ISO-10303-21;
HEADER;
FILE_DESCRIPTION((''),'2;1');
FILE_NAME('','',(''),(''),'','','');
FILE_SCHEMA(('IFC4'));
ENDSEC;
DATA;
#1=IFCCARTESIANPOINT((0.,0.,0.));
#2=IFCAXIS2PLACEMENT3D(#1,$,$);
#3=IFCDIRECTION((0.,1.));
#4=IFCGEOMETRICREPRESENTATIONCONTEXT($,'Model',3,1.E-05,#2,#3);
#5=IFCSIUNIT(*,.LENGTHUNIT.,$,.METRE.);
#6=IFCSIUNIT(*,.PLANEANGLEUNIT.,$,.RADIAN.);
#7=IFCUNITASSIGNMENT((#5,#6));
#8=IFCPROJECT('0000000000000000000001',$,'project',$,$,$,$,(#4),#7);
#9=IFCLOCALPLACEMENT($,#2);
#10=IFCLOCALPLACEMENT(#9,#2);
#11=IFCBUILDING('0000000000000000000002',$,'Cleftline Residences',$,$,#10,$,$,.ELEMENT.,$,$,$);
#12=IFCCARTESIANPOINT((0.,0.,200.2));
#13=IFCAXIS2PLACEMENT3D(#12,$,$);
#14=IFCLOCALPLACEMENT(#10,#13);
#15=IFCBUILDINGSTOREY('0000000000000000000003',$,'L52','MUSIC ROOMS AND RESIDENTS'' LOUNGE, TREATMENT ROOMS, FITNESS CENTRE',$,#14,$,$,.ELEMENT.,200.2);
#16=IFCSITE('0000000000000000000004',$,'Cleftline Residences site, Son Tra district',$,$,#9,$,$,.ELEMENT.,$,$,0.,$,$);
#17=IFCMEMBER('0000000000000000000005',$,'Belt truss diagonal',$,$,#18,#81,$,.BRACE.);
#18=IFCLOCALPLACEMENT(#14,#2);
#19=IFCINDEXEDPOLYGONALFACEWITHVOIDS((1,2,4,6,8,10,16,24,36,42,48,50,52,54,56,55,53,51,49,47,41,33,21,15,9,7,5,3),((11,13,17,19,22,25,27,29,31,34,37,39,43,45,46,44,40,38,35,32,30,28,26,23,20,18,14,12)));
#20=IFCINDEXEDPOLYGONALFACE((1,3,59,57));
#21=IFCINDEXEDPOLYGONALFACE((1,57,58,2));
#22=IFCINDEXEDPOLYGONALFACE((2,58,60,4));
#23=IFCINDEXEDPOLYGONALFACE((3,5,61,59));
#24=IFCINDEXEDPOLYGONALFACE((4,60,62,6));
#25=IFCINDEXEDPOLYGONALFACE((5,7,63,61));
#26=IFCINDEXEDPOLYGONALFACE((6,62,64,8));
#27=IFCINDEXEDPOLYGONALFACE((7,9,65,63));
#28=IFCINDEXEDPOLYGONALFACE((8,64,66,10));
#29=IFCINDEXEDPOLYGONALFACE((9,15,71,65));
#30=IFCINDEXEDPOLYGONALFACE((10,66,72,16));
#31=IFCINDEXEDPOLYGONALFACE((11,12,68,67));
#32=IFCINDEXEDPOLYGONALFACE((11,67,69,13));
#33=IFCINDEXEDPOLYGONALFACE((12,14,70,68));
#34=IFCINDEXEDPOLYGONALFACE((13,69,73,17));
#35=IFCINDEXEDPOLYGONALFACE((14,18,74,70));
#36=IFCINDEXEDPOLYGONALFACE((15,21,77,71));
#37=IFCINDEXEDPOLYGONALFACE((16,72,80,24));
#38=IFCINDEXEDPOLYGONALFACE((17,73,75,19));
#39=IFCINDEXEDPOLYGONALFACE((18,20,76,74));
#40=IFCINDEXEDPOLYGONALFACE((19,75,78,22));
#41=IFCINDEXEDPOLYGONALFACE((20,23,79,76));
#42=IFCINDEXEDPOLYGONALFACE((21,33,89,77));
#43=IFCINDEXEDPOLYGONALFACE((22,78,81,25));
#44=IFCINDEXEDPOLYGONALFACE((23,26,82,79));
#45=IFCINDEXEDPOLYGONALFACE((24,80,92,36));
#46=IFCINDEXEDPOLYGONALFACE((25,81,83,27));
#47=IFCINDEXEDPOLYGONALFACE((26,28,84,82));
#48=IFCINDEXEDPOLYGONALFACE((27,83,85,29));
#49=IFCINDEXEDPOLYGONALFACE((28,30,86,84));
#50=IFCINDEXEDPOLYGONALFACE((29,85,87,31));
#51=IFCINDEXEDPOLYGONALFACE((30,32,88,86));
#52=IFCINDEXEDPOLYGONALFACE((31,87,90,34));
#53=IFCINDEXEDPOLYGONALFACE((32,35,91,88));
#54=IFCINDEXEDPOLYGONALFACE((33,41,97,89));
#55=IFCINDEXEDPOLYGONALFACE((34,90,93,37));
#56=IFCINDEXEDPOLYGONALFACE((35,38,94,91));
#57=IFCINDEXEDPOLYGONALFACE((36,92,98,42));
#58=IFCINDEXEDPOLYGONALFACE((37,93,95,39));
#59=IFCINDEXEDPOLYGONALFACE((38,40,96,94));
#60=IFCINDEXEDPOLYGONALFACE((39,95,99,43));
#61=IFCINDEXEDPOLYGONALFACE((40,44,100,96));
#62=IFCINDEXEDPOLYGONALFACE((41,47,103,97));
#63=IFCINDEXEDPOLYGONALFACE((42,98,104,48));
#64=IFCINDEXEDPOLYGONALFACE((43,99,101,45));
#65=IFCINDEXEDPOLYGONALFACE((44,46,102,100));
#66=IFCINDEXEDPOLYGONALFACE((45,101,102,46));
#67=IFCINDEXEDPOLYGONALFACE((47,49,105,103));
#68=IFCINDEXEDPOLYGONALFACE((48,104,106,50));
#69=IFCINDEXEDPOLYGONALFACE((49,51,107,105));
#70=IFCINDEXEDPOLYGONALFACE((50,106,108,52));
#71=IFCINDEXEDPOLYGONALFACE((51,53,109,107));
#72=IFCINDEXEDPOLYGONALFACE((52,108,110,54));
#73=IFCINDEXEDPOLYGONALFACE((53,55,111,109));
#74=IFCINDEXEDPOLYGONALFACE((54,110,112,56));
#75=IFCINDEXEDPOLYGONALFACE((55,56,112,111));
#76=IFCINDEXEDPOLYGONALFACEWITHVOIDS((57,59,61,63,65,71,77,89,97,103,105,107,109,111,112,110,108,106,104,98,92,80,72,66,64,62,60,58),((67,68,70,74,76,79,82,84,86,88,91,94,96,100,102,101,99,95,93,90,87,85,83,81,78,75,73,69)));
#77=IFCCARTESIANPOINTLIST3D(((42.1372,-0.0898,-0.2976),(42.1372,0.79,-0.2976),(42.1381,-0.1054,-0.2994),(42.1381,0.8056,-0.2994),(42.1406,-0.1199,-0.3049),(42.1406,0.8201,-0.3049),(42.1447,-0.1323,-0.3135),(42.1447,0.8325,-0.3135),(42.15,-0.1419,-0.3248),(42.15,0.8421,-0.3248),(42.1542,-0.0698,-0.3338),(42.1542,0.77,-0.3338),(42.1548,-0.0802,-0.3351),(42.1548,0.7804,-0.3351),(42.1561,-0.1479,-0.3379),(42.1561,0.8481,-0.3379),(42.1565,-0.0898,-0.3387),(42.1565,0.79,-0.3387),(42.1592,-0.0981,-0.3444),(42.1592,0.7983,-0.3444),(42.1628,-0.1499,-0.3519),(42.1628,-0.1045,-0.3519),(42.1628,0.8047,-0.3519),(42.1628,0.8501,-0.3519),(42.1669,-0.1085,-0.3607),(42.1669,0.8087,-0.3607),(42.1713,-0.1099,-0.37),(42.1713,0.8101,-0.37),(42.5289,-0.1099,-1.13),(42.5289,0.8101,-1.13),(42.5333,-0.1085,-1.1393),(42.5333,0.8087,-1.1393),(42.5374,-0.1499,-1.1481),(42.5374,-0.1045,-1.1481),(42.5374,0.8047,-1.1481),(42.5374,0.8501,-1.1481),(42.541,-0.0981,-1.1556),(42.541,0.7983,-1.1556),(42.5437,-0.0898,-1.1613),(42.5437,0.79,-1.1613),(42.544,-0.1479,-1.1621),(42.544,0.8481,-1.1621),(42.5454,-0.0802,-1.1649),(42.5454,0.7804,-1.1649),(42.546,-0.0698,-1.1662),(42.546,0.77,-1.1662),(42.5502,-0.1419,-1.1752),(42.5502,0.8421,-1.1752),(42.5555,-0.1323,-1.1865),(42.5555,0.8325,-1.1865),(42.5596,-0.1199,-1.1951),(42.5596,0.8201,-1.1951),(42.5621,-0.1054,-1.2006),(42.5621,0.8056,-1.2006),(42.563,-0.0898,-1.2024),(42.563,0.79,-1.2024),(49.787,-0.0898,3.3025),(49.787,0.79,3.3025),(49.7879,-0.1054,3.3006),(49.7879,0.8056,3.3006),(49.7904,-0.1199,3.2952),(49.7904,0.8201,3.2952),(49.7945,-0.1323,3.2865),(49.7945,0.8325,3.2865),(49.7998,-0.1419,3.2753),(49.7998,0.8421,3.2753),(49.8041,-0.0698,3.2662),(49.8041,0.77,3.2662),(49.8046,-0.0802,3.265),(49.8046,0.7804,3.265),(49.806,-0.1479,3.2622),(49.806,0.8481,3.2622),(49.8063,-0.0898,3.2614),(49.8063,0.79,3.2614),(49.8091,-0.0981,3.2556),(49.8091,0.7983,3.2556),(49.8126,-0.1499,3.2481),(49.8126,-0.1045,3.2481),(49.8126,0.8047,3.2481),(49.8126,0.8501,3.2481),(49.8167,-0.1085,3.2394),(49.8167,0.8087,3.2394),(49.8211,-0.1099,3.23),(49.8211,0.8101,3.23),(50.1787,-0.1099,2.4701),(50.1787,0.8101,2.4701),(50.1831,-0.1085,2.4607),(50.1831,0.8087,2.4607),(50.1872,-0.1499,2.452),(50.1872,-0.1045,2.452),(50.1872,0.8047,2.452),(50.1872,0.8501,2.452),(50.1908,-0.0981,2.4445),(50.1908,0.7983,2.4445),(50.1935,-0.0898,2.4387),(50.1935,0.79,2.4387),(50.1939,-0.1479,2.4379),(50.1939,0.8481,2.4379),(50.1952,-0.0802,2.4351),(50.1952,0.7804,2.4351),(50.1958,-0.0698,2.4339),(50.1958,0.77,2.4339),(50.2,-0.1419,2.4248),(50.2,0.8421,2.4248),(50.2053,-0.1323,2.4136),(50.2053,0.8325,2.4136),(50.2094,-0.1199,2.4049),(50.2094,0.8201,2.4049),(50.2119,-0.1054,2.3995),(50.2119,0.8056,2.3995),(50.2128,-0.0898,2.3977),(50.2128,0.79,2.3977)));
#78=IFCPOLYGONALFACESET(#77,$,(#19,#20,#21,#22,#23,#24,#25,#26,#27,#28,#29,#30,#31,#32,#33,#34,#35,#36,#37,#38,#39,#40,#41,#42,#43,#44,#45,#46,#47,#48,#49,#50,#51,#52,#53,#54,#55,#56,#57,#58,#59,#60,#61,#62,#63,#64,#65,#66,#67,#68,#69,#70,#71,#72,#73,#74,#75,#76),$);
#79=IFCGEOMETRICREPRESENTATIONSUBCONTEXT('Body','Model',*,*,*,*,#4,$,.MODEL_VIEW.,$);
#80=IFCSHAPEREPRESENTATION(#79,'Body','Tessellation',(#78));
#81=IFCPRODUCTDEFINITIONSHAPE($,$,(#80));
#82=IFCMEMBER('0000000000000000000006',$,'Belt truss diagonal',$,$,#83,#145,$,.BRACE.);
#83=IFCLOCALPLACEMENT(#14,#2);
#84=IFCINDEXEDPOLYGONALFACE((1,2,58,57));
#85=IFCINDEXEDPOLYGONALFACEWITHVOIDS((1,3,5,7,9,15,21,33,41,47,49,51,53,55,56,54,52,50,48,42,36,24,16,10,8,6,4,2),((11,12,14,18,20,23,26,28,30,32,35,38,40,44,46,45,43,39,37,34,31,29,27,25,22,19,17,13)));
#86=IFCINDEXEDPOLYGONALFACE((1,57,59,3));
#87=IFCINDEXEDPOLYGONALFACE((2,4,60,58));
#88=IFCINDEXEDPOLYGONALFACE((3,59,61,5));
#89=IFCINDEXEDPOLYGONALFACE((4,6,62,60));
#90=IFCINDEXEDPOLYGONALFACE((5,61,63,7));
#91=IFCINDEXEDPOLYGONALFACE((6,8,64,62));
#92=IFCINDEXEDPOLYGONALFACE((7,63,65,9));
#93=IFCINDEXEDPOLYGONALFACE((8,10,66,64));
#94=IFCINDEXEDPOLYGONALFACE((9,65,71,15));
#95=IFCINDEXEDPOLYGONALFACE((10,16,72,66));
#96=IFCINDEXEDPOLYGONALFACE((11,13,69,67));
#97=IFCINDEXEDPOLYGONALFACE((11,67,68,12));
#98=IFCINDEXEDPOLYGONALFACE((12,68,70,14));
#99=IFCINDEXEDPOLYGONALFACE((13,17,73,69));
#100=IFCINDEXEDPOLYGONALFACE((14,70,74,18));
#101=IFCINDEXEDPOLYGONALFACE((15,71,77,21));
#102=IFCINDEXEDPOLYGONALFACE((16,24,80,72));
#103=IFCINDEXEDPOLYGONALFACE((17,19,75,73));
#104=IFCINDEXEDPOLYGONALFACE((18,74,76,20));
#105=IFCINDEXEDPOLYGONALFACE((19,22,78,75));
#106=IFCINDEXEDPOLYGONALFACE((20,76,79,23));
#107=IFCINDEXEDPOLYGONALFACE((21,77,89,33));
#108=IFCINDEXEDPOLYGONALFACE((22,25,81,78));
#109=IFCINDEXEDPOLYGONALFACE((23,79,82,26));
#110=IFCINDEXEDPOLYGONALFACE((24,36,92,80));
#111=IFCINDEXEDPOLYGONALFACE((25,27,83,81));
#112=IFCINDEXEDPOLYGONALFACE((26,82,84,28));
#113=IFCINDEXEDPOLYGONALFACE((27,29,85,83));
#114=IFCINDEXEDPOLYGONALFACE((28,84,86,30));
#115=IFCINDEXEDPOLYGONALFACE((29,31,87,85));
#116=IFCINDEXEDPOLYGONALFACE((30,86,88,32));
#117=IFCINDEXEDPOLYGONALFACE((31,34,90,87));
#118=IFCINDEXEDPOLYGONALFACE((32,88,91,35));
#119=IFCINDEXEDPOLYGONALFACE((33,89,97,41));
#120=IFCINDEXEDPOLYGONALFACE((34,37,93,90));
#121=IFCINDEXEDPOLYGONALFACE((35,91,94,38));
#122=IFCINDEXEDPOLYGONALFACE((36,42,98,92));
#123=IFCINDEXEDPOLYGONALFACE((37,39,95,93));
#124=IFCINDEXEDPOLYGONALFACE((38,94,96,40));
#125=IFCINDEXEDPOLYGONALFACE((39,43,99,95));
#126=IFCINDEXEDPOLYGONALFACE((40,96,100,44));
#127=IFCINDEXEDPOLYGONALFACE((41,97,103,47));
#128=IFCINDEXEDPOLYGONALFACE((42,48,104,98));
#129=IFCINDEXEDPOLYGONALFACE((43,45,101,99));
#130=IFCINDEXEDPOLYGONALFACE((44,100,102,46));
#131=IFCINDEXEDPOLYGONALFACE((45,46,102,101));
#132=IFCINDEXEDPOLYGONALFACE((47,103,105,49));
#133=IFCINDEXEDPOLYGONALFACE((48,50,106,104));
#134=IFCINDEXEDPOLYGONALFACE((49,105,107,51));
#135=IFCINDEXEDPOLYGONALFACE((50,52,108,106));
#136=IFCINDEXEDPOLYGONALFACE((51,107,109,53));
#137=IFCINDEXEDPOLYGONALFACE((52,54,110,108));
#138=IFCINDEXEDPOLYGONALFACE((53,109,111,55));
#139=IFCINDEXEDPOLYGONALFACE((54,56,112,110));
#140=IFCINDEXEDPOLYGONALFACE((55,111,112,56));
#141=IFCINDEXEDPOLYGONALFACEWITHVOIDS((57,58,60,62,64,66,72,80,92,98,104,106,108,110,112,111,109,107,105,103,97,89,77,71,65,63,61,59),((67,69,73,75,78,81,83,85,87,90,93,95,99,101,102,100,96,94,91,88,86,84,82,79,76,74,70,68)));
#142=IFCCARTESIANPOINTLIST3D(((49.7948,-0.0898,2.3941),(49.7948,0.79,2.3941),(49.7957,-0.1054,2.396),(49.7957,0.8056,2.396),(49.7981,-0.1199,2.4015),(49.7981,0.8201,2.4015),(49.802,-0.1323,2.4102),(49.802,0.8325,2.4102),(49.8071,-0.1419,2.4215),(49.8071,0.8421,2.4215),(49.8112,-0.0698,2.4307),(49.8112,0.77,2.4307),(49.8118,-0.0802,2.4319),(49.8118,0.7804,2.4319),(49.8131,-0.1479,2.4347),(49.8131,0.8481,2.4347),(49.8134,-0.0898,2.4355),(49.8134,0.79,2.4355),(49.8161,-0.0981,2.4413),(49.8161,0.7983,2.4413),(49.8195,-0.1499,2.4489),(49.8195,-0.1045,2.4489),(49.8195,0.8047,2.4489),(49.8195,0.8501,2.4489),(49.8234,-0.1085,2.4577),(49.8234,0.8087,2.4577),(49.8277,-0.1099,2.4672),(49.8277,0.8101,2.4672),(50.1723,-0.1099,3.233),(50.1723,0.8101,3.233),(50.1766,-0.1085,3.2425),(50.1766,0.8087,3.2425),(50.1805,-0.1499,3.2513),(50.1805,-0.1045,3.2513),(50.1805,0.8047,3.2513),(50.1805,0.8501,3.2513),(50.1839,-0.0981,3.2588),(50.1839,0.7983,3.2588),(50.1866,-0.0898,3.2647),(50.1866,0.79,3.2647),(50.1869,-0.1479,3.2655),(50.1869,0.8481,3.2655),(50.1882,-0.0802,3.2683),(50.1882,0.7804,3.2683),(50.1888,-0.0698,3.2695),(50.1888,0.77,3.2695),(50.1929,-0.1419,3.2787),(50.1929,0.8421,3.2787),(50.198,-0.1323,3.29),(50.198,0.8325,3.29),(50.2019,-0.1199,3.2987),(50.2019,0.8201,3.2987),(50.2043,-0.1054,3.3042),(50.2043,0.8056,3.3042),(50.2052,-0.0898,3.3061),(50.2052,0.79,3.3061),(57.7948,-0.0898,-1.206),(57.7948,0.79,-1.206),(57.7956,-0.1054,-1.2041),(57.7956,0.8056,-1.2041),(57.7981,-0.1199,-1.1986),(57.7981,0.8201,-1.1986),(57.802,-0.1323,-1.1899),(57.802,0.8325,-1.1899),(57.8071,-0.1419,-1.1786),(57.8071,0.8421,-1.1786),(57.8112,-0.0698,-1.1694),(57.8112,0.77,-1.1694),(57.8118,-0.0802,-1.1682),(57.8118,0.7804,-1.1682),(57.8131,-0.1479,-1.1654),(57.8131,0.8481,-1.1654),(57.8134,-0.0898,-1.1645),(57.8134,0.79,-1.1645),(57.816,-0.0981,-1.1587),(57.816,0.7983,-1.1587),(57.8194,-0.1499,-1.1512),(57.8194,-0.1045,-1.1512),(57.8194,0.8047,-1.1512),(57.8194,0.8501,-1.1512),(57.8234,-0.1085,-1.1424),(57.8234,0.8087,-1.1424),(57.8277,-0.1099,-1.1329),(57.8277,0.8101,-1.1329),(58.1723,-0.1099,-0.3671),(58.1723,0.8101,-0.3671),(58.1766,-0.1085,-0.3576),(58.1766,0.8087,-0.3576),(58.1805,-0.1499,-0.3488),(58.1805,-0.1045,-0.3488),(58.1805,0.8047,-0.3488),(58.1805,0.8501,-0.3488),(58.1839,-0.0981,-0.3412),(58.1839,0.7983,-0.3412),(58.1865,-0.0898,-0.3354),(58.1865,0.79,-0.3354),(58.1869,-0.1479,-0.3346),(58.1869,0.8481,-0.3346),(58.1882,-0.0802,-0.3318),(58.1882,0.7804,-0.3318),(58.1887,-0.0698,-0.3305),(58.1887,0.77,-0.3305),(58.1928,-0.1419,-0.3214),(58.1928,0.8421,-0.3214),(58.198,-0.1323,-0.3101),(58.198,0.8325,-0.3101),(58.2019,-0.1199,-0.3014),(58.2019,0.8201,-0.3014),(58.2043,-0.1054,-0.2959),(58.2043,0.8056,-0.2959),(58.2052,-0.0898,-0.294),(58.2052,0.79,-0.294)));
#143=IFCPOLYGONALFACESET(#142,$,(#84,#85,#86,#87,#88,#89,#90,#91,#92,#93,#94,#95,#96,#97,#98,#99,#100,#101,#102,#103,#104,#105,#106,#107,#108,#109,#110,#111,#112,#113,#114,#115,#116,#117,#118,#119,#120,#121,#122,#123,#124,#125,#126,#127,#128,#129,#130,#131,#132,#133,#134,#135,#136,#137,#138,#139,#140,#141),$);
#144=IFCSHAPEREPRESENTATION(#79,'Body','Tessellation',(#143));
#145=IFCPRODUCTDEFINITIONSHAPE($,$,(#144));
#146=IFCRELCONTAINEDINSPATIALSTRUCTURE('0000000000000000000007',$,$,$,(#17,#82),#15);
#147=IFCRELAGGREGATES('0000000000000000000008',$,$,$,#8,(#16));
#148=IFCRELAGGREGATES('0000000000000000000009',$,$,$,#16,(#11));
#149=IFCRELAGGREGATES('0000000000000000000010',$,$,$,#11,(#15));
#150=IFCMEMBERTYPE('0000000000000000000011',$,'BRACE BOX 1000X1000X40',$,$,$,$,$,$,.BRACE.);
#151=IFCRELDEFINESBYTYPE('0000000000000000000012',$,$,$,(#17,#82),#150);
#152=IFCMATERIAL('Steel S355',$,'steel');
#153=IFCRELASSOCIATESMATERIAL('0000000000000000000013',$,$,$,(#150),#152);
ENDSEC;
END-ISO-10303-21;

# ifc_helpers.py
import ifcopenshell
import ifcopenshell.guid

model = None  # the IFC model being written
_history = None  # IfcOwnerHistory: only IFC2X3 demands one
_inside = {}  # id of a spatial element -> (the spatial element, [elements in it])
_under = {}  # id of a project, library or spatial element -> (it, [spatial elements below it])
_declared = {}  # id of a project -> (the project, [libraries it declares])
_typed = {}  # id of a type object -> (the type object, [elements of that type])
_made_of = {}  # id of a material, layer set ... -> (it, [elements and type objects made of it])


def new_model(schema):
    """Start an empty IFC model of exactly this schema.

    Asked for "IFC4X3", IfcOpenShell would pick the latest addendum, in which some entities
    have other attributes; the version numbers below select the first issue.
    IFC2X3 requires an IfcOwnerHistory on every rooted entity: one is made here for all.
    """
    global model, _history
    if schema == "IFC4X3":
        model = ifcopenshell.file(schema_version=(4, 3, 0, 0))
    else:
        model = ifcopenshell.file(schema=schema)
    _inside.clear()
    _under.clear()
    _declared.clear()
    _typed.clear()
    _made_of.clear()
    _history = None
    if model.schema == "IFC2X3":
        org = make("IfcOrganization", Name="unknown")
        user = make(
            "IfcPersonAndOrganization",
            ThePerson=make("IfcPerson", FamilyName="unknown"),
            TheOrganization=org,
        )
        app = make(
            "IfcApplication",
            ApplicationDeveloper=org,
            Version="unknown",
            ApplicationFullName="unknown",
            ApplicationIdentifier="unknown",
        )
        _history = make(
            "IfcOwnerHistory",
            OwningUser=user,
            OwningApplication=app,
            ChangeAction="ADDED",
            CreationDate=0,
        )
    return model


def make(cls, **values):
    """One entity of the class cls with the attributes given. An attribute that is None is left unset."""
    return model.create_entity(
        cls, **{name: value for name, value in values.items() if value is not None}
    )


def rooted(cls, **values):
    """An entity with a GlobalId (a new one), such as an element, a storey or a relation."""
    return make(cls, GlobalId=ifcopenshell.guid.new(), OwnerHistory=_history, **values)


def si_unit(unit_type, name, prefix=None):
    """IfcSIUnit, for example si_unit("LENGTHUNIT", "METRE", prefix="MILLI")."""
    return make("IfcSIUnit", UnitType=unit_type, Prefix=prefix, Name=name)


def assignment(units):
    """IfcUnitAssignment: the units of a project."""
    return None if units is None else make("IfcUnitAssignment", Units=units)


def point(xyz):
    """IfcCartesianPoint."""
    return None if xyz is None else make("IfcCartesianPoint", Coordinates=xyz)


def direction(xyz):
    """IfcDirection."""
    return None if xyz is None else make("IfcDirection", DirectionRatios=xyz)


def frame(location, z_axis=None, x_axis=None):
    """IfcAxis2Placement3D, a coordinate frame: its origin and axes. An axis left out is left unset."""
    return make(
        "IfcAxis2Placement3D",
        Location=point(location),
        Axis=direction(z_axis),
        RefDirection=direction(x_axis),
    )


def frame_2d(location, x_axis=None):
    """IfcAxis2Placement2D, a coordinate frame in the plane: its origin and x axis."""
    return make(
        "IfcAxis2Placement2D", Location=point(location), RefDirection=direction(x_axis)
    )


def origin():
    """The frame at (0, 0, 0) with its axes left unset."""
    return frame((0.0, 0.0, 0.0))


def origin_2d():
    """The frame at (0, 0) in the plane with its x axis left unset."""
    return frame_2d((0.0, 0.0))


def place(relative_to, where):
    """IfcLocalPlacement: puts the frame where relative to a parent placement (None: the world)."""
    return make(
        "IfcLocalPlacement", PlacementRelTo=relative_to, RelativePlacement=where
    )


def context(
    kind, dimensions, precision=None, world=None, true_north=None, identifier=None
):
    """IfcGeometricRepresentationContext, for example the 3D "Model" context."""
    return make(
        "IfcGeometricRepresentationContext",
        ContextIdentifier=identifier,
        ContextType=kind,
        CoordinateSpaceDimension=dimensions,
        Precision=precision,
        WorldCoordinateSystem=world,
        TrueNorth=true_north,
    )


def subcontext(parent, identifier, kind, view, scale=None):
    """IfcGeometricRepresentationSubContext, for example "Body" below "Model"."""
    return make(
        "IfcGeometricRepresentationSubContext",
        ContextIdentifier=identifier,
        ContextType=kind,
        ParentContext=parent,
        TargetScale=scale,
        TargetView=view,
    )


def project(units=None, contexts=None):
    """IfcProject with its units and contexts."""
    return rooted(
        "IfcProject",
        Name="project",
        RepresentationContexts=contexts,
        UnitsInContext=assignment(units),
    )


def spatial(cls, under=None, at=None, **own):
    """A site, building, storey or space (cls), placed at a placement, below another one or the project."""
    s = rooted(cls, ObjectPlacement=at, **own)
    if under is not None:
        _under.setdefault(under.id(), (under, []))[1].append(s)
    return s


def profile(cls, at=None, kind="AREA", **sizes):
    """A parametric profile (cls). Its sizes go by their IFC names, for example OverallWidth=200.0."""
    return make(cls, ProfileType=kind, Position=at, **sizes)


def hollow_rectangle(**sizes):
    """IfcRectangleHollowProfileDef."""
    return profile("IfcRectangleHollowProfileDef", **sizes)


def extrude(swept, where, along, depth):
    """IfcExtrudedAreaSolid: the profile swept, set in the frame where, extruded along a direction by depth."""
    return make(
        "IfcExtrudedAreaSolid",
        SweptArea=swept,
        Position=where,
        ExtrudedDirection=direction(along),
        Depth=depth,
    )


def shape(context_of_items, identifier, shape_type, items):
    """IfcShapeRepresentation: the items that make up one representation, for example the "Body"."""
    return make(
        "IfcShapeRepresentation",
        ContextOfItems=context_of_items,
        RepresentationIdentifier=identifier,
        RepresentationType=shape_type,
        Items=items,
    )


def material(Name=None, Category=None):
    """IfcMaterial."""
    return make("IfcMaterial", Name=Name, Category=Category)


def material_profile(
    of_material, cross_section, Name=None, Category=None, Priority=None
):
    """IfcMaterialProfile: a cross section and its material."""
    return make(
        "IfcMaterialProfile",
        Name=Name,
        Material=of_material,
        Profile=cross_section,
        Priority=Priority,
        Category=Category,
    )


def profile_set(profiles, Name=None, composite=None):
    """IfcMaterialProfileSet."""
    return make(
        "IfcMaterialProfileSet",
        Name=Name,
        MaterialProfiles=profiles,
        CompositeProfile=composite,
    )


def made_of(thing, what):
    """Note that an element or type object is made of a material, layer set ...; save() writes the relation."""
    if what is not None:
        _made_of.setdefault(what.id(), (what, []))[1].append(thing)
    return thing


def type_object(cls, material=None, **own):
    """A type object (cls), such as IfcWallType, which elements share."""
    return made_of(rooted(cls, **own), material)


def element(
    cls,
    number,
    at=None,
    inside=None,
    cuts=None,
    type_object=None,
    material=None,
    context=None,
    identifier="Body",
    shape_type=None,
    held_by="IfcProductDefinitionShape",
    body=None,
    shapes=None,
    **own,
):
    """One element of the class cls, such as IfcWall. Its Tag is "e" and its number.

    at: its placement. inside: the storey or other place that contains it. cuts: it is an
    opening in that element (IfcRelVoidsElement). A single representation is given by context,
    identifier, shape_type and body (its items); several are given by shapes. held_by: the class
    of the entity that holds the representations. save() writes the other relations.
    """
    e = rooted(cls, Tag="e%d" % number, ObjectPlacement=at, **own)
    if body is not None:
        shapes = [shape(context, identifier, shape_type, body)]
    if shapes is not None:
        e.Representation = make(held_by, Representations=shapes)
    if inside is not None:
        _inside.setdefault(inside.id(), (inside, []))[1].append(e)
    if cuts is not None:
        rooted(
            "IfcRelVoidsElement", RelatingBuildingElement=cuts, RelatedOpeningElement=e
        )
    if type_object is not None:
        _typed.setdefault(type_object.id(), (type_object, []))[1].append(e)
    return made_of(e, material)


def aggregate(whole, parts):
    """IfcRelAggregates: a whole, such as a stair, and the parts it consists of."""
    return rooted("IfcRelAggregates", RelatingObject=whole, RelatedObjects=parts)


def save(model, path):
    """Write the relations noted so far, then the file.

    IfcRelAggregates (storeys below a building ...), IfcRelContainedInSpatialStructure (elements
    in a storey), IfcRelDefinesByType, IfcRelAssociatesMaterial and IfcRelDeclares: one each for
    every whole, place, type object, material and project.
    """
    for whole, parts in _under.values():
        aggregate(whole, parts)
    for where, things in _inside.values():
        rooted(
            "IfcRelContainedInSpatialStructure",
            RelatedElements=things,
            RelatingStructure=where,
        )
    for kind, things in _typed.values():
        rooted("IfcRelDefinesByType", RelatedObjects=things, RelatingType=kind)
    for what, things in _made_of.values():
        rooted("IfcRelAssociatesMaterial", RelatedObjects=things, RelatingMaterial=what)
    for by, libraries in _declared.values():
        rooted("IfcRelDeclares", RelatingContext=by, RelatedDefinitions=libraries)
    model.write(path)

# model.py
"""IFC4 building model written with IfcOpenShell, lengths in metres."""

from ifc_helpers import new_model, si_unit, direction, frame, origin, origin_2d, place, context, subcontext, project, spatial, hollow_rectangle, extrude, material, material_profile, profile_set, type_object, element, save


model = new_model("IFC4")

# Units and contexts
model_context = context("Model", 3, precision=1e-05, world=origin(), true_north=direction((0.0, 1.0)))
body_context = subcontext(model_context, "Body", "Model", "MODEL_VIEW")
ifc_project = project(units=[si_unit("LENGTHUNIT", "METRE"), si_unit("PLANEANGLEUNIT", "RADIAN")], contexts=[model_context])

# Site, building, storey
site_placement = place(None, origin())
site = spatial("IfcSite", under=ifc_project, at=site_placement, Name="Cleftline Residences site, Son Tra district", CompositionType="ELEMENT", RefElevation=0.0)
building_placement = place(site_placement, origin())
building = spatial("IfcBuilding", under=site, at=building_placement, Name="Cleftline Residences", CompositionType="ELEMENT")
storey_placement = place(building_placement, frame((0.0, 0.0, 200.2)))
storey = spatial("IfcBuildingStorey", under=building, at=storey_placement, Name="L52", Description="MUSIC ROOMS AND RESIDENTS' LOUNGE, TREATMENT ROOMS, FITNESS CENTRE", CompositionType="ELEMENT", Elevation=200.2)

# Members
ifc_material_1 = material(Name="Steel S355", Category="steel")
ifc_material_profile_1 = material_profile(ifc_material_1, hollow_rectangle(XDim=1.0, YDim=1.0, WallThickness=0.04, InnerFilletRadius=0.04, OuterFilletRadius=0.0601, at=origin_2d()))
ifc_profile_set_1 = profile_set([ifc_material_profile_1], Name="Steel S355")
member_type_1 = type_object("IfcMemberType", Name="BRACE BOX 1000X1000X40", PredefinedType="BRACE", material=ifc_profile_set_1)
for number, where, z_axis, x_axis, name in (
    (1, (42.3501, 0.3501, -0.75), (0.904812, 0.0, 0.425811), (-0.425811, 0.0, 0.904812), "Belt truss diagonal"),
):
    element("IfcMember", number, at=place(storey_placement, frame(where, z_axis=z_axis, x_axis=x_axis)), inside=storey, type_object=member_type_1, Name=name, PredefinedType="BRACE", context=body_context, shape_type="SweptSolid", body=[
        extrude(hollow_rectangle(XDim=1.0, YDim=1.0, WallThickness=0.04, InnerFilletRadius=0.04, OuterFilletRadius=0.0601, at=origin_2d()), origin(), (0.0, 0.0, 1.0), 8.4546),
    ])
member_1_placement = place(storey_placement, frame((50.0, 0.3501, 2.8501), z_axis=(0.911917, 0.0, -0.410374), x_axis=(0.410374, 0.0, 0.911917)))
element("IfcMember", 2, at=member_1_placement, inside=storey, type_object=member_type_1, Name="Belt truss diagonal", PredefinedType="BRACE", context=body_context, shape_type="SweptSolid", body=[
    extrude(hollow_rectangle(XDim=1.0, YDim=1.0, WallThickness=0.04, InnerFilletRadius=0.04, OuterFilletRadius=0.0601, at=origin_2d()), origin(), (0.0, 0.0, 1.0), 8.7727),
])

save(model, "model.ifc")
